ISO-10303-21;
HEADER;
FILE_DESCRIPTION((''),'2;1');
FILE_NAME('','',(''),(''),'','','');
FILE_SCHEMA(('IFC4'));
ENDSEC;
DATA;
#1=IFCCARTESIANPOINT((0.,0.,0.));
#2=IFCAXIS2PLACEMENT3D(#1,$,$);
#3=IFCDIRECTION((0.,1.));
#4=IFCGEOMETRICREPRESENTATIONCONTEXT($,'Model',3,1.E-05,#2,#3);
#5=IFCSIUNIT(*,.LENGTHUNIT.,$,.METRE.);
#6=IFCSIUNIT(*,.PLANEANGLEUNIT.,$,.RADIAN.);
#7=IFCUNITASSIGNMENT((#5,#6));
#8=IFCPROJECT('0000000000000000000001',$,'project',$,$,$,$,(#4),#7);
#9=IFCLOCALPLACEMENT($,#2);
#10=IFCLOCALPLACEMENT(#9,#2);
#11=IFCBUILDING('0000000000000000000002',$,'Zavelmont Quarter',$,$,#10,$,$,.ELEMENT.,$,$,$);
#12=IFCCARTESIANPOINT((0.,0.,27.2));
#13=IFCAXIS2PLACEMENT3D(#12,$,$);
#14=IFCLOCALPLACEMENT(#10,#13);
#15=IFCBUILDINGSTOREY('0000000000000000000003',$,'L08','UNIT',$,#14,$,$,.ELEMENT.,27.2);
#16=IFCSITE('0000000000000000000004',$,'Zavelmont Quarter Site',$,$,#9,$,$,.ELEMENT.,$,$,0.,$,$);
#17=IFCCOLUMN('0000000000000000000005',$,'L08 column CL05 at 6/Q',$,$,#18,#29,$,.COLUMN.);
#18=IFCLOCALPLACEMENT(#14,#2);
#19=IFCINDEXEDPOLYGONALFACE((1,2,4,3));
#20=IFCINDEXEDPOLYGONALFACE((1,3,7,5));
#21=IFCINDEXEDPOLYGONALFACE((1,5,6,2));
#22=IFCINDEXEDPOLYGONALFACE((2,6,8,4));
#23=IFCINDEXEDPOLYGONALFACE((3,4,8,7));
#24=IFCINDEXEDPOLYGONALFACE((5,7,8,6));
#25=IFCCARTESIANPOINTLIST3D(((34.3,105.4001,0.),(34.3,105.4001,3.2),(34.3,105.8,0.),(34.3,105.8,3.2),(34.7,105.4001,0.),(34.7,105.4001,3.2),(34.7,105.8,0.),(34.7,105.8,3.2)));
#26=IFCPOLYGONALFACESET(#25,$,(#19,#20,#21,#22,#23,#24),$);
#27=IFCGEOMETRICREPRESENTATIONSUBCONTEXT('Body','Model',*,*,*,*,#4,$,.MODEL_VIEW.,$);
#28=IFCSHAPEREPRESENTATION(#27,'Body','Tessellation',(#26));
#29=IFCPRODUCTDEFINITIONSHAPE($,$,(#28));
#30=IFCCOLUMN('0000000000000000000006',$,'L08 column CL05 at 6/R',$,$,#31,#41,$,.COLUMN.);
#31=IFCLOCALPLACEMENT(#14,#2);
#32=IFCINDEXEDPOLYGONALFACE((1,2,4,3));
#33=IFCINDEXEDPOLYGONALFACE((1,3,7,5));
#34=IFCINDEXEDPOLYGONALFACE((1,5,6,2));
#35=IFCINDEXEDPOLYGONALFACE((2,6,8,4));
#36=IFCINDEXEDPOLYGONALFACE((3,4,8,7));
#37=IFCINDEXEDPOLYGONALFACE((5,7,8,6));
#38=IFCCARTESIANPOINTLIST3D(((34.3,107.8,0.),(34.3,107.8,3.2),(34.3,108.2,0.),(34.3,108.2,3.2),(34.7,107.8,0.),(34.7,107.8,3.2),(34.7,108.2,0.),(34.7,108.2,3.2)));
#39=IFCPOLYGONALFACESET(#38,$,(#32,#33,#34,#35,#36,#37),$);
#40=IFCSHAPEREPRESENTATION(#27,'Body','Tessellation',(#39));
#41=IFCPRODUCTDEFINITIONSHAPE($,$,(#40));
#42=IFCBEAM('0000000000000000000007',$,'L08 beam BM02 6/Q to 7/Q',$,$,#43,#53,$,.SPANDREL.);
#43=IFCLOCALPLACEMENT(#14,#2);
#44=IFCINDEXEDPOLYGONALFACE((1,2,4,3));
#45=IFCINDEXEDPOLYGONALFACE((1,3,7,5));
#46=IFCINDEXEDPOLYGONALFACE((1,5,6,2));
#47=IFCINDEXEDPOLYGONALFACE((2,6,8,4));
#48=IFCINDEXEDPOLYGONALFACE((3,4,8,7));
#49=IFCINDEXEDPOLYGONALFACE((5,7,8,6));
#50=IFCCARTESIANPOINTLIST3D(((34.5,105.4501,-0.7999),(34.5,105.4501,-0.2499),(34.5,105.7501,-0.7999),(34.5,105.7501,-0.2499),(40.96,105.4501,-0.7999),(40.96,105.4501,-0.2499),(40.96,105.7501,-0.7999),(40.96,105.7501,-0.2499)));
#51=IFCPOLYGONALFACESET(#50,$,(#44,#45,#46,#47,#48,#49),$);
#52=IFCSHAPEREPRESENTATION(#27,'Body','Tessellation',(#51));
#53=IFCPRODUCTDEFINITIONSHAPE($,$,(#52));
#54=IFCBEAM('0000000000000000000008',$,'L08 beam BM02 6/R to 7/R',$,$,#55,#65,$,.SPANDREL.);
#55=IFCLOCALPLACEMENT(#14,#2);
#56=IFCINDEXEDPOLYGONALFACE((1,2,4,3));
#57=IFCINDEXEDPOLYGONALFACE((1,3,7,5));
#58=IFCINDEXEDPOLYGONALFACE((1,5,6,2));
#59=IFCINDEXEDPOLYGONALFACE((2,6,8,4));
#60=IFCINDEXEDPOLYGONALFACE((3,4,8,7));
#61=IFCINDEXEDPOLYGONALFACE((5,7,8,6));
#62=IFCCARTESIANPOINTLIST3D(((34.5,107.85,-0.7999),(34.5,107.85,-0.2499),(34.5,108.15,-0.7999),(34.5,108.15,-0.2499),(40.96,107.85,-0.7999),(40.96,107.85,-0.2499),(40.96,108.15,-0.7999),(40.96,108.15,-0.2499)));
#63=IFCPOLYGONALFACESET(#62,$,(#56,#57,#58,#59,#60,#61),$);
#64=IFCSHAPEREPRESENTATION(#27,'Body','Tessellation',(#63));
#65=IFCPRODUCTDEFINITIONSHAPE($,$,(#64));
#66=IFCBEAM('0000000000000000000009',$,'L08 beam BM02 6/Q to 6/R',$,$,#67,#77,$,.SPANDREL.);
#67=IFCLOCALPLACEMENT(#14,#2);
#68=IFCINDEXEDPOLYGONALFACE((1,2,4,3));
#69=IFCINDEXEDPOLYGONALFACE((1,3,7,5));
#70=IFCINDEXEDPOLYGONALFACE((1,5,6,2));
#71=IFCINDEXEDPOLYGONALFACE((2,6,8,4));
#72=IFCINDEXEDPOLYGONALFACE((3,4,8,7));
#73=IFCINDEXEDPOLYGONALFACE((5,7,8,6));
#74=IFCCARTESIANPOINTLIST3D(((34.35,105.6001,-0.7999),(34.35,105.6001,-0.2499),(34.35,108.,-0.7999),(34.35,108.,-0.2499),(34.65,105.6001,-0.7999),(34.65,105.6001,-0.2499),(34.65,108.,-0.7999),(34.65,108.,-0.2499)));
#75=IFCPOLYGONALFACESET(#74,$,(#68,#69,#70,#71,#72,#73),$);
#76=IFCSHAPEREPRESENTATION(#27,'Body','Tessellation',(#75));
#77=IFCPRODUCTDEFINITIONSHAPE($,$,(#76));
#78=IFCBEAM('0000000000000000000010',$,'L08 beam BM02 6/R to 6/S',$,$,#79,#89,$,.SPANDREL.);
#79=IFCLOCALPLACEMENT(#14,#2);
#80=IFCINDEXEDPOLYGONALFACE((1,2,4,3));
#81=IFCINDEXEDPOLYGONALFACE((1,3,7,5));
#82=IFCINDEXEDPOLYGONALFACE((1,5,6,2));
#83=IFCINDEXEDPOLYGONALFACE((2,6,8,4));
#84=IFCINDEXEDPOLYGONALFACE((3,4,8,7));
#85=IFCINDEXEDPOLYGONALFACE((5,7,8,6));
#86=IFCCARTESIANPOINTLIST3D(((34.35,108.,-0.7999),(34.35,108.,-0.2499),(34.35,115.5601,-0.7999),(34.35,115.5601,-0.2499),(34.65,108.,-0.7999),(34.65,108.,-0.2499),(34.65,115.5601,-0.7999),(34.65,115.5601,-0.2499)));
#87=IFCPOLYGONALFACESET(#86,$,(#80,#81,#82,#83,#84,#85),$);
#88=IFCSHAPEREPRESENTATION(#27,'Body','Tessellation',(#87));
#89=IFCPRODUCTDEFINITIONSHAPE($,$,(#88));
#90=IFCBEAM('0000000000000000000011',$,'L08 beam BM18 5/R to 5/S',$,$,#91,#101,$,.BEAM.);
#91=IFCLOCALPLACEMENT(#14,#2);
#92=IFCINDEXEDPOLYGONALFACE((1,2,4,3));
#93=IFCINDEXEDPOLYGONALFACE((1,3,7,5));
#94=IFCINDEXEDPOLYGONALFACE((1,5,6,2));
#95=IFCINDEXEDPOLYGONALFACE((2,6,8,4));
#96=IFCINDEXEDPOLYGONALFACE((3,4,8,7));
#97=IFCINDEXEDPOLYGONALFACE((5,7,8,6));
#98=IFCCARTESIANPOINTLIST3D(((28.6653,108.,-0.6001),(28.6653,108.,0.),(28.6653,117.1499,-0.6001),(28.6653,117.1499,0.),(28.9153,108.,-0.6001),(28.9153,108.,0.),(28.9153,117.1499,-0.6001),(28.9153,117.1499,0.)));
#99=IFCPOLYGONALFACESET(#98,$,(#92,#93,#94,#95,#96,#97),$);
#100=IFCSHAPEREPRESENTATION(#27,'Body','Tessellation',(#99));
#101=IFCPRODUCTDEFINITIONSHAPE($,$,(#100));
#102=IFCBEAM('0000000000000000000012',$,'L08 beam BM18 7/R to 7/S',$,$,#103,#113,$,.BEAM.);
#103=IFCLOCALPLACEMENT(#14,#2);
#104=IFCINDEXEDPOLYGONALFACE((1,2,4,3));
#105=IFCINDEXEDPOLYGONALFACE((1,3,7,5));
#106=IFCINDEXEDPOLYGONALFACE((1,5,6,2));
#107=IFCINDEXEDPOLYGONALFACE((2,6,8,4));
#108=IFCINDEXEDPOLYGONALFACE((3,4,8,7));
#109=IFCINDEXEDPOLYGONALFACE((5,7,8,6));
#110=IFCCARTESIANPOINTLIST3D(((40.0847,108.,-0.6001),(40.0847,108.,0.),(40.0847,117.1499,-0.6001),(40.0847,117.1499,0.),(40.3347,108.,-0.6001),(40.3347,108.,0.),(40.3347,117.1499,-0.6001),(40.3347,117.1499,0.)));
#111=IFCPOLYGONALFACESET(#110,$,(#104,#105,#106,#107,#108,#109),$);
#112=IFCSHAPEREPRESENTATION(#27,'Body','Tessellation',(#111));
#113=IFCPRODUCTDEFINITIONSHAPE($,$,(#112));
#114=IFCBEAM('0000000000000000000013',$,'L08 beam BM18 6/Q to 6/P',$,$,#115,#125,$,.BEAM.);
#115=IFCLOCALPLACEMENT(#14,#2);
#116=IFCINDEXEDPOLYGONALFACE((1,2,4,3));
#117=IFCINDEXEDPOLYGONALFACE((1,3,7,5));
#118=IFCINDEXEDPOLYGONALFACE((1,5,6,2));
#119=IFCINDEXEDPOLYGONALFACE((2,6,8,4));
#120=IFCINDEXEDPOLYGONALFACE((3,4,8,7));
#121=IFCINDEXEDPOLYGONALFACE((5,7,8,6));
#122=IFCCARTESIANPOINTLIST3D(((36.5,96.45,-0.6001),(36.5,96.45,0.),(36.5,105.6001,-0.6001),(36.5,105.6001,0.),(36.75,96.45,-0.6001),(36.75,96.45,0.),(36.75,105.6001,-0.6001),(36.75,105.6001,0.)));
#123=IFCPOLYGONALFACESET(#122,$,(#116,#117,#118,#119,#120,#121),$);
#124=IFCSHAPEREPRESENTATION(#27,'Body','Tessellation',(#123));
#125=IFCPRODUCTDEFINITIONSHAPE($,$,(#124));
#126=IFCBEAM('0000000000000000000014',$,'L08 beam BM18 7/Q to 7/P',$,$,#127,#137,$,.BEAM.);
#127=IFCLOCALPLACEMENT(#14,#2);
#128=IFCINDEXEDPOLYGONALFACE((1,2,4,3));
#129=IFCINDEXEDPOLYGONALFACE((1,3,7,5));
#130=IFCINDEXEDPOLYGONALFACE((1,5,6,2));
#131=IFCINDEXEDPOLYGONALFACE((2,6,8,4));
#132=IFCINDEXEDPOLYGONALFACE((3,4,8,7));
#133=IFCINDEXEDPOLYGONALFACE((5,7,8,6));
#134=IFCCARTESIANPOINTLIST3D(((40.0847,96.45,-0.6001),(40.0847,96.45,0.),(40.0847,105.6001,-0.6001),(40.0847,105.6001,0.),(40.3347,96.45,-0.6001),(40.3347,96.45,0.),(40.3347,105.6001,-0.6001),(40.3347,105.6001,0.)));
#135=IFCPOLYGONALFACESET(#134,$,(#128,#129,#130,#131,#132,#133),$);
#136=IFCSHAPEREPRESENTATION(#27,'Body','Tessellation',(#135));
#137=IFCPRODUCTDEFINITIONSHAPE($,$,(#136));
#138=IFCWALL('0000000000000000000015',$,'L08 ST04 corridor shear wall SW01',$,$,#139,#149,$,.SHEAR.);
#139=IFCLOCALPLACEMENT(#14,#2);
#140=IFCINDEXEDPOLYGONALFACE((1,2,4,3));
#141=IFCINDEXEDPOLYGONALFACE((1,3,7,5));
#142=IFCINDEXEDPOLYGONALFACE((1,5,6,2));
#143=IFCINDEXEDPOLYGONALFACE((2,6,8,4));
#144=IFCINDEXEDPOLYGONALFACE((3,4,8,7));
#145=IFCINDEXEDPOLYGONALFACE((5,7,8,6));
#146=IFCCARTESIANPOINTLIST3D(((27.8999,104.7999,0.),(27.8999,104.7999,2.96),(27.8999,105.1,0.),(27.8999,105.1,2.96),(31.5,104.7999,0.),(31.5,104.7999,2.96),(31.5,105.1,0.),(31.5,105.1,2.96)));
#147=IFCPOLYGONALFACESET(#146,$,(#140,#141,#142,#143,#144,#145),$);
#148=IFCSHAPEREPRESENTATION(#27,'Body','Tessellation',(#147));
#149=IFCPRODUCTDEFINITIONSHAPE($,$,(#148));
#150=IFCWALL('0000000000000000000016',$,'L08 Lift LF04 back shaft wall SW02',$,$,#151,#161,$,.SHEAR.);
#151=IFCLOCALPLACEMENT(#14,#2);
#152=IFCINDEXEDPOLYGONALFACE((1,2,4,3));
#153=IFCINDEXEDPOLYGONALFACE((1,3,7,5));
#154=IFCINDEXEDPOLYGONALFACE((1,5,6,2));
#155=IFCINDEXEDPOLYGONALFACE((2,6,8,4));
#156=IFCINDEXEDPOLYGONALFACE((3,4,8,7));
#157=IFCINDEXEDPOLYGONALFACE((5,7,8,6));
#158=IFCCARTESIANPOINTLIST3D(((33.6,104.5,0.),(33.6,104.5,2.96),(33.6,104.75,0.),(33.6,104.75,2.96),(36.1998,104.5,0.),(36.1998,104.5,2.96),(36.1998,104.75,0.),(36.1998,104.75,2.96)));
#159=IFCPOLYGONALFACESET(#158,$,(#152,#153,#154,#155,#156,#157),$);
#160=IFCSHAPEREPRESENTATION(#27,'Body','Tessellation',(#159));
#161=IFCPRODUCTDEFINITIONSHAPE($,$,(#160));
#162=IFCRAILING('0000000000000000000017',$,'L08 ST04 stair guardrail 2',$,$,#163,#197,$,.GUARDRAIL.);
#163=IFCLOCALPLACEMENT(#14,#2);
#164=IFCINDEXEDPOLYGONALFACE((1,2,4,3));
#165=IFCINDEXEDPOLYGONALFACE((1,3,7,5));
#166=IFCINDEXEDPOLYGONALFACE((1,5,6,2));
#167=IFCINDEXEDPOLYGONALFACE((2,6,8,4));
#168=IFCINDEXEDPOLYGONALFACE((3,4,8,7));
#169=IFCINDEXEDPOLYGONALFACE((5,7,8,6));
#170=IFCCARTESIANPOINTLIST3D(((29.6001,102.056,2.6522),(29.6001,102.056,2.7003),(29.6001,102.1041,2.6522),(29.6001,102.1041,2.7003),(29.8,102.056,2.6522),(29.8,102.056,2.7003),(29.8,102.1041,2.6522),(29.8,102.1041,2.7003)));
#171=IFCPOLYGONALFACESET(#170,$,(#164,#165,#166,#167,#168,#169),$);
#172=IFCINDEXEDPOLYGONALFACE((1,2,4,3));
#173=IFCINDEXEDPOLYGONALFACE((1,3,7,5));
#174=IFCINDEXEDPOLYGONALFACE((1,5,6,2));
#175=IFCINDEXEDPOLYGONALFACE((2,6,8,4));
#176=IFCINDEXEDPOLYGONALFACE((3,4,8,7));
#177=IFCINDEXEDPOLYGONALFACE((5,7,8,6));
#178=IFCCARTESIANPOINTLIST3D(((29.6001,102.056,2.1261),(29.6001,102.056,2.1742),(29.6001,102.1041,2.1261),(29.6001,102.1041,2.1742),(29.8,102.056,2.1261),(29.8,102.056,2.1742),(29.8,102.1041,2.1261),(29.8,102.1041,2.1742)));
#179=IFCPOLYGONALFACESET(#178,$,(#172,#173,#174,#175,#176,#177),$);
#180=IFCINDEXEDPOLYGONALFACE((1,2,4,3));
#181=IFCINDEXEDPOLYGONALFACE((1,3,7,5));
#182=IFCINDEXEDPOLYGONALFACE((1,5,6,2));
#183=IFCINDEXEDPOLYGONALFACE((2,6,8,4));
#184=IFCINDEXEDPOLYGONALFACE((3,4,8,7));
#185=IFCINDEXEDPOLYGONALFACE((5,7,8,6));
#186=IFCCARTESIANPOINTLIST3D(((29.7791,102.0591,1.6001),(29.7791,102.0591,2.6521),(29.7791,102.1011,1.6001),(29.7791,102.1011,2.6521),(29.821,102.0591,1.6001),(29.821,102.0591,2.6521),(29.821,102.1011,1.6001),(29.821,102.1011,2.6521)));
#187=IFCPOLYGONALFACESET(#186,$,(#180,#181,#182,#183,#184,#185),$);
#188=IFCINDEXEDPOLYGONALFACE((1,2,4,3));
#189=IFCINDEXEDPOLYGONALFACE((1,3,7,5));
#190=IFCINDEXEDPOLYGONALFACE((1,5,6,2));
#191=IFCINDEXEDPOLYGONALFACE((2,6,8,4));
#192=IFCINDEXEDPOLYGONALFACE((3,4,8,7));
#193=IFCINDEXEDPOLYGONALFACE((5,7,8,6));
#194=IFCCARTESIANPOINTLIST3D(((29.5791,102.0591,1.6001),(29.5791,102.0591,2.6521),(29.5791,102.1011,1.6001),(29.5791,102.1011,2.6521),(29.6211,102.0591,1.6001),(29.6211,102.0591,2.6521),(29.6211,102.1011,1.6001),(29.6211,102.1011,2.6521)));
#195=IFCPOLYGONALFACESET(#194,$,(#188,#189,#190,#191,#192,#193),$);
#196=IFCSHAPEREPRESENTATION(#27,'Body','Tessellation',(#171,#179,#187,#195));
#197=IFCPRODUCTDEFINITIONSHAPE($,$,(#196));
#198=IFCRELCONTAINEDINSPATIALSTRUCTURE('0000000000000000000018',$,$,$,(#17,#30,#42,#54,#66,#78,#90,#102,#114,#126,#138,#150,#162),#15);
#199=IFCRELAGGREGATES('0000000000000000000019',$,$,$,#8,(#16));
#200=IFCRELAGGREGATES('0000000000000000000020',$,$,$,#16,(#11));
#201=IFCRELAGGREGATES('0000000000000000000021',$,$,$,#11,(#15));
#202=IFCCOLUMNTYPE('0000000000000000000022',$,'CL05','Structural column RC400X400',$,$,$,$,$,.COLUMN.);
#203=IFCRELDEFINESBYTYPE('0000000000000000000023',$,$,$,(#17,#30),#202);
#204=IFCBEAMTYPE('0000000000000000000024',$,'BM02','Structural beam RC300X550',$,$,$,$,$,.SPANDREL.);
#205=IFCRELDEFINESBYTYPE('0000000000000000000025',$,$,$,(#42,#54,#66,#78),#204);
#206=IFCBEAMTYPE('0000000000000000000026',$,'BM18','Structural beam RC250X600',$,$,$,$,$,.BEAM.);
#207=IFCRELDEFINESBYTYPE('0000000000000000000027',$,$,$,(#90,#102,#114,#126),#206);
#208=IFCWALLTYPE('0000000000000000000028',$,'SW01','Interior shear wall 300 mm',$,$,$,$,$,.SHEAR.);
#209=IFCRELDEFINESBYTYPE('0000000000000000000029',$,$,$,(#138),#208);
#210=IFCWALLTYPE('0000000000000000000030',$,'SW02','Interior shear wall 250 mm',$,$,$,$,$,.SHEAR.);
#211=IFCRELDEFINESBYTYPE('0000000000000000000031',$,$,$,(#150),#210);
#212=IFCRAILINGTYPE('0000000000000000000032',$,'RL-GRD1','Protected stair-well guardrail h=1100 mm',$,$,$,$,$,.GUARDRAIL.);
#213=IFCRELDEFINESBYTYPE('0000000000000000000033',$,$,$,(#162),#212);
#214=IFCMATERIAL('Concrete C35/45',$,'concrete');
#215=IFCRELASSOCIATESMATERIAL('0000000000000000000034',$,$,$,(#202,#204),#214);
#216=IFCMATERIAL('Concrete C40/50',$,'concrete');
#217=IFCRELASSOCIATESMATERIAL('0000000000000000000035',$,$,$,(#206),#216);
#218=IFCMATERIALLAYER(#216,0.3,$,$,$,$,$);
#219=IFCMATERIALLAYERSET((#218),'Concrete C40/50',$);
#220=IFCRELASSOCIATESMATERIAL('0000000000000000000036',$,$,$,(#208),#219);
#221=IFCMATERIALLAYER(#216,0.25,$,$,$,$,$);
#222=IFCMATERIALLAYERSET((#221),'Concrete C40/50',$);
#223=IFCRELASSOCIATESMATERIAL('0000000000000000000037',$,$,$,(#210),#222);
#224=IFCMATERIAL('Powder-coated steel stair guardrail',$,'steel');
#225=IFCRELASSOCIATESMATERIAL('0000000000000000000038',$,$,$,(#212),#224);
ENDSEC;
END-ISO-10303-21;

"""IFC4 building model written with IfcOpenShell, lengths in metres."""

from ifc_helpers import new_model, si_unit, direction, frame, frame_2d, origin, origin_2d, place, context, subcontext, project, spatial, rectangle, extrude, material, layer, layer_set, material_profile, profile_set, type_object, element, save


model = new_model("IFC4")

# Units and contexts
model_context = context("Model", 3, precision=1e-05, world=origin(), true_north=direction((0.0, 1.0)))
body_context = subcontext(model_context, "Body", "Model", "MODEL_VIEW")
ifc_project = project(units=[si_unit("LENGTHUNIT", "METRE"), si_unit("PLANEANGLEUNIT", "RADIAN")], contexts=[model_context])

# Site, building, storey
site_placement = place(None, origin())
site = spatial("IfcSite", under=ifc_project, at=site_placement, Name="Zavelmont Quarter Site", CompositionType="ELEMENT", RefElevation=0.0)
building_placement = place(site_placement, origin())
building = spatial("IfcBuilding", under=site, at=building_placement, Name="Zavelmont Quarter", CompositionType="ELEMENT")
storey_placement = place(building_placement, frame((0.0, 0.0, 27.2)))
storey = spatial("IfcBuildingStorey", under=building, at=storey_placement, Name="L08", Description="UNIT", CompositionType="ELEMENT", Elevation=27.2)

# Columns
ifc_material_1 = material(Name="Concrete C35/45", Category="concrete")
ifc_material_profile_1 = material_profile(ifc_material_1, rectangle(XDim=0.3999, YDim=0.3999, at=origin_2d()), Name="RC400X400")
ifc_profile_set_1 = profile_set([ifc_material_profile_1], Name="Concrete C35/45")
column_type = type_object("IfcColumnType", Name="CL05", Description="Structural column RC400X400", PredefinedType="COLUMN", material=ifc_profile_set_1)
for number, where, z_axis, x_axis, name in (
    (1, (34.5, 105.6001, 0.0), (0.0, 0.0, 1.0), (1.0, 0.0, 0.0), "L08 column CL05 at 6/Q"),
    (2, (34.5, 108.0, 0.0), (0.0, 0.0, 1.0), (1.0, 0.0, 0.0), "L08 column CL05 at 6/R"),
):
    element("IfcColumn", number, at=place(storey_placement, frame(where, z_axis=z_axis, x_axis=x_axis)), inside=storey, type_object=column_type, Name=name, PredefinedType="COLUMN", context=body_context, shape_type="SweptSolid", body=[
        extrude(rectangle(XDim=0.3999, YDim=0.3999, at=origin_2d()), origin(), (0.0, 0.0, 1.0), 3.2),
    ])

# Beams
ifc_material_profile_2 = material_profile(ifc_material_1, rectangle(XDim=0.3, YDim=0.55, at=origin_2d()), Name="RC300X550")
ifc_profile_set_2 = profile_set([ifc_material_profile_2], Name="Concrete C35/45")
beam_type_1 = type_object("IfcBeamType", Name="BM02", Description="Structural beam RC300X550", PredefinedType="SPANDREL", material=ifc_profile_set_2)
for number, where, z_axis, x_axis, name in (
    (3, (34.5, 105.6001, -0.5249), (1.0, 0.0, 0.0), (0.0, 1.0, 0.0), "L08 beam BM02 6/Q to 7/Q"),
    (4, (34.5, 108.0, -0.5249), (1.0, 0.0, 0.0), (0.0, 1.0, 0.0), "L08 beam BM02 6/R to 7/R"),
):
    element("IfcBeam", number, at=place(storey_placement, frame(where, z_axis=z_axis, x_axis=x_axis)), inside=storey, type_object=beam_type_1, Name=name, PredefinedType="SPANDREL", context=body_context, shape_type="SweptSolid", body=[
        extrude(rectangle(XDim=0.3, YDim=0.55, at=origin_2d()), origin(), (0.0, 0.0, 1.0), 6.46),
    ])
beam_1_placement = place(storey_placement, frame((34.5, 105.6001, -0.5249), z_axis=(0.0, 1.0, 0.0), x_axis=(-1.0, 0.0, 0.0)))
element("IfcBeam", 5, at=beam_1_placement, inside=storey, type_object=beam_type_1, Name="L08 beam BM02 6/Q to 6/R", PredefinedType="SPANDREL", context=body_context, shape_type="SweptSolid", body=[
    extrude(rectangle(XDim=0.3, YDim=0.55, at=origin_2d()), origin(), (0.0, 0.0, 1.0), 2.3999),
])
beam_2_placement = place(storey_placement, frame((34.5, 108.0, -0.5249), z_axis=(0.0, 1.0, 0.0), x_axis=(-1.0, 0.0, 0.0)))
element("IfcBeam", 6, at=beam_2_placement, inside=storey, type_object=beam_type_1, Name="L08 beam BM02 6/R to 6/S", PredefinedType="SPANDREL", context=body_context, shape_type="SweptSolid", body=[
    extrude(rectangle(XDim=0.3, YDim=0.55, at=origin_2d()), origin(), (0.0, 0.0, 1.0), 7.5601),
])
ifc_material_2 = material(Name="Concrete C40/50", Category="concrete")
ifc_material_profile_3 = material_profile(ifc_material_2, rectangle(XDim=0.25, YDim=0.6001, at=origin_2d()), Name="RC250X600")
ifc_profile_set_3 = profile_set([ifc_material_profile_3], Name="Concrete C40/50")
beam_type_2 = type_object("IfcBeamType", Name="BM18", Description="Structural beam RC250X600", PredefinedType="BEAM", material=ifc_profile_set_3)
for number, where, z_axis, x_axis, name in (
    (7, (28.7903, 108.0, -0.3), (0.0, 1.0, 0.0), (-1.0, 0.0, 0.0), "L08 beam BM18 5/R to 5/S"),
    (8, (40.2097, 108.0, -0.3), (0.0, 1.0, 0.0), (-1.0, 0.0, 0.0), "L08 beam BM18 7/R to 7/S"),
):
    element("IfcBeam", number, at=place(storey_placement, frame(where, z_axis=z_axis, x_axis=x_axis)), inside=storey, type_object=beam_type_2, Name=name, PredefinedType="BEAM", context=body_context, shape_type="SweptSolid", body=[
        extrude(rectangle(XDim=0.25, YDim=0.6001, at=origin_2d()), origin(), (0.0, 0.0, 1.0), 9.1499),
    ])
for number, where, z_axis, x_axis, name in (
    (9, (36.625, 105.6001, -0.3), (0.0, -1.0, 0.0), (1.0, 0.0, 0.0), "L08 beam BM18 6/Q to 6/P"),
    (10, (40.2097, 105.6001, -0.3), (0.0, -1.0, 0.0), (1.0, 0.0, 0.0), "L08 beam BM18 7/Q to 7/P"),
):
    element("IfcBeam", number, at=place(storey_placement, frame(where, z_axis=z_axis, x_axis=x_axis)), inside=storey, type_object=beam_type_2, Name=name, PredefinedType="BEAM", context=body_context, shape_type="SweptSolid", body=[
        extrude(rectangle(XDim=0.25, YDim=0.6001, at=origin_2d()), origin(), (0.0, 0.0, 1.0), 9.1501),
    ])

# Walls
ifc_layer_1 = layer(ifc_material_2, 0.3)
ifc_layer_set_1 = layer_set([ifc_layer_1], Name="Concrete C40/50")
wall_type_1 = type_object("IfcWallType", Name="SW01", Description="Interior shear wall 300 mm", PredefinedType="SHEAR", material=ifc_layer_set_1)
wall_1_placement = place(storey_placement, frame((27.8999, 104.95, 0.0), z_axis=(0.0, 0.0, 1.0), x_axis=(1.0, 0.0, 0.0)))
element("IfcWall", 11, at=wall_1_placement, inside=storey, type_object=wall_type_1, Name="L08 ST04 corridor shear wall SW01", PredefinedType="SHEAR", context=body_context, shape_type="SweptSolid", body=[
    extrude(rectangle(XDim=3.6001, YDim=0.3, at=frame_2d((1.8, 0.0))), origin(), (0.0, 0.0, 1.0), 2.96),
])
ifc_layer_2 = layer(ifc_material_2, 0.25)
ifc_layer_set_2 = layer_set([ifc_layer_2], Name="Concrete C40/50")
wall_type_2 = type_object("IfcWallType", Name="SW02", Description="Interior shear wall 250 mm", PredefinedType="SHEAR", material=ifc_layer_set_2)
wall_2_placement = place(storey_placement, frame((33.6001, 104.625, 0.0), z_axis=(0.0, 0.0, 1.0), x_axis=(1.0, 0.0, 0.0)))
element("IfcWall", 12, at=wall_2_placement, inside=storey, type_object=wall_type_2, Name="L08 Lift LF04 back shaft wall SW02", PredefinedType="SHEAR", context=body_context, shape_type="SweptSolid", body=[
    extrude(rectangle(XDim=2.5999, YDim=0.25, at=frame_2d((1.2998, 0.0))), origin(), (0.0, 0.0, 1.0), 2.96),
])

# Railing
ifc_material_3 = material(Name="Powder-coated steel stair guardrail", Category="steel")
railing_type = type_object("IfcRailingType", Name="RL-GRD1", Description="Protected stair-well guardrail h=1100 mm", PredefinedType="GUARDRAIL", material=ifc_material_3)
railing_placement = place(storey_placement, frame((29.8, 102.0801, 1.6001)))
element("IfcRailing", 13, at=railing_placement, inside=storey, type_object=railing_type, Name="L08 ST04 stair guardrail 2", PredefinedType="GUARDRAIL", context=body_context, shape_type="SweptSolid", body=[
    extrude(rectangle(XDim=0.0481, YDim=0.0481, at=origin_2d()), frame((0.0, 0.0, 1.0762), z_axis=(-1.0, 0.0, 0.0), x_axis=(0.0, -1.0, 0.0)), (0.0, 0.0, 1.0), 0.2),
    extrude(rectangle(XDim=0.0481, YDim=0.0481, at=origin_2d()), frame((0.0, 0.0, 0.55), z_axis=(-1.0, 0.0, 0.0), x_axis=(0.0, -1.0, 0.0)), (0.0, 0.0, 1.0), 0.2),
    extrude(rectangle(XDim=0.042, YDim=0.042, at=origin_2d()), origin(), (0.0, 0.0, 1.0), 1.052),
    extrude(rectangle(XDim=0.042, YDim=0.042, at=origin_2d()), frame((-0.2, 0.0, 0.0)), (0.0, 0.0, 1.0), 1.052),
])

save(model, "model.ifc")
